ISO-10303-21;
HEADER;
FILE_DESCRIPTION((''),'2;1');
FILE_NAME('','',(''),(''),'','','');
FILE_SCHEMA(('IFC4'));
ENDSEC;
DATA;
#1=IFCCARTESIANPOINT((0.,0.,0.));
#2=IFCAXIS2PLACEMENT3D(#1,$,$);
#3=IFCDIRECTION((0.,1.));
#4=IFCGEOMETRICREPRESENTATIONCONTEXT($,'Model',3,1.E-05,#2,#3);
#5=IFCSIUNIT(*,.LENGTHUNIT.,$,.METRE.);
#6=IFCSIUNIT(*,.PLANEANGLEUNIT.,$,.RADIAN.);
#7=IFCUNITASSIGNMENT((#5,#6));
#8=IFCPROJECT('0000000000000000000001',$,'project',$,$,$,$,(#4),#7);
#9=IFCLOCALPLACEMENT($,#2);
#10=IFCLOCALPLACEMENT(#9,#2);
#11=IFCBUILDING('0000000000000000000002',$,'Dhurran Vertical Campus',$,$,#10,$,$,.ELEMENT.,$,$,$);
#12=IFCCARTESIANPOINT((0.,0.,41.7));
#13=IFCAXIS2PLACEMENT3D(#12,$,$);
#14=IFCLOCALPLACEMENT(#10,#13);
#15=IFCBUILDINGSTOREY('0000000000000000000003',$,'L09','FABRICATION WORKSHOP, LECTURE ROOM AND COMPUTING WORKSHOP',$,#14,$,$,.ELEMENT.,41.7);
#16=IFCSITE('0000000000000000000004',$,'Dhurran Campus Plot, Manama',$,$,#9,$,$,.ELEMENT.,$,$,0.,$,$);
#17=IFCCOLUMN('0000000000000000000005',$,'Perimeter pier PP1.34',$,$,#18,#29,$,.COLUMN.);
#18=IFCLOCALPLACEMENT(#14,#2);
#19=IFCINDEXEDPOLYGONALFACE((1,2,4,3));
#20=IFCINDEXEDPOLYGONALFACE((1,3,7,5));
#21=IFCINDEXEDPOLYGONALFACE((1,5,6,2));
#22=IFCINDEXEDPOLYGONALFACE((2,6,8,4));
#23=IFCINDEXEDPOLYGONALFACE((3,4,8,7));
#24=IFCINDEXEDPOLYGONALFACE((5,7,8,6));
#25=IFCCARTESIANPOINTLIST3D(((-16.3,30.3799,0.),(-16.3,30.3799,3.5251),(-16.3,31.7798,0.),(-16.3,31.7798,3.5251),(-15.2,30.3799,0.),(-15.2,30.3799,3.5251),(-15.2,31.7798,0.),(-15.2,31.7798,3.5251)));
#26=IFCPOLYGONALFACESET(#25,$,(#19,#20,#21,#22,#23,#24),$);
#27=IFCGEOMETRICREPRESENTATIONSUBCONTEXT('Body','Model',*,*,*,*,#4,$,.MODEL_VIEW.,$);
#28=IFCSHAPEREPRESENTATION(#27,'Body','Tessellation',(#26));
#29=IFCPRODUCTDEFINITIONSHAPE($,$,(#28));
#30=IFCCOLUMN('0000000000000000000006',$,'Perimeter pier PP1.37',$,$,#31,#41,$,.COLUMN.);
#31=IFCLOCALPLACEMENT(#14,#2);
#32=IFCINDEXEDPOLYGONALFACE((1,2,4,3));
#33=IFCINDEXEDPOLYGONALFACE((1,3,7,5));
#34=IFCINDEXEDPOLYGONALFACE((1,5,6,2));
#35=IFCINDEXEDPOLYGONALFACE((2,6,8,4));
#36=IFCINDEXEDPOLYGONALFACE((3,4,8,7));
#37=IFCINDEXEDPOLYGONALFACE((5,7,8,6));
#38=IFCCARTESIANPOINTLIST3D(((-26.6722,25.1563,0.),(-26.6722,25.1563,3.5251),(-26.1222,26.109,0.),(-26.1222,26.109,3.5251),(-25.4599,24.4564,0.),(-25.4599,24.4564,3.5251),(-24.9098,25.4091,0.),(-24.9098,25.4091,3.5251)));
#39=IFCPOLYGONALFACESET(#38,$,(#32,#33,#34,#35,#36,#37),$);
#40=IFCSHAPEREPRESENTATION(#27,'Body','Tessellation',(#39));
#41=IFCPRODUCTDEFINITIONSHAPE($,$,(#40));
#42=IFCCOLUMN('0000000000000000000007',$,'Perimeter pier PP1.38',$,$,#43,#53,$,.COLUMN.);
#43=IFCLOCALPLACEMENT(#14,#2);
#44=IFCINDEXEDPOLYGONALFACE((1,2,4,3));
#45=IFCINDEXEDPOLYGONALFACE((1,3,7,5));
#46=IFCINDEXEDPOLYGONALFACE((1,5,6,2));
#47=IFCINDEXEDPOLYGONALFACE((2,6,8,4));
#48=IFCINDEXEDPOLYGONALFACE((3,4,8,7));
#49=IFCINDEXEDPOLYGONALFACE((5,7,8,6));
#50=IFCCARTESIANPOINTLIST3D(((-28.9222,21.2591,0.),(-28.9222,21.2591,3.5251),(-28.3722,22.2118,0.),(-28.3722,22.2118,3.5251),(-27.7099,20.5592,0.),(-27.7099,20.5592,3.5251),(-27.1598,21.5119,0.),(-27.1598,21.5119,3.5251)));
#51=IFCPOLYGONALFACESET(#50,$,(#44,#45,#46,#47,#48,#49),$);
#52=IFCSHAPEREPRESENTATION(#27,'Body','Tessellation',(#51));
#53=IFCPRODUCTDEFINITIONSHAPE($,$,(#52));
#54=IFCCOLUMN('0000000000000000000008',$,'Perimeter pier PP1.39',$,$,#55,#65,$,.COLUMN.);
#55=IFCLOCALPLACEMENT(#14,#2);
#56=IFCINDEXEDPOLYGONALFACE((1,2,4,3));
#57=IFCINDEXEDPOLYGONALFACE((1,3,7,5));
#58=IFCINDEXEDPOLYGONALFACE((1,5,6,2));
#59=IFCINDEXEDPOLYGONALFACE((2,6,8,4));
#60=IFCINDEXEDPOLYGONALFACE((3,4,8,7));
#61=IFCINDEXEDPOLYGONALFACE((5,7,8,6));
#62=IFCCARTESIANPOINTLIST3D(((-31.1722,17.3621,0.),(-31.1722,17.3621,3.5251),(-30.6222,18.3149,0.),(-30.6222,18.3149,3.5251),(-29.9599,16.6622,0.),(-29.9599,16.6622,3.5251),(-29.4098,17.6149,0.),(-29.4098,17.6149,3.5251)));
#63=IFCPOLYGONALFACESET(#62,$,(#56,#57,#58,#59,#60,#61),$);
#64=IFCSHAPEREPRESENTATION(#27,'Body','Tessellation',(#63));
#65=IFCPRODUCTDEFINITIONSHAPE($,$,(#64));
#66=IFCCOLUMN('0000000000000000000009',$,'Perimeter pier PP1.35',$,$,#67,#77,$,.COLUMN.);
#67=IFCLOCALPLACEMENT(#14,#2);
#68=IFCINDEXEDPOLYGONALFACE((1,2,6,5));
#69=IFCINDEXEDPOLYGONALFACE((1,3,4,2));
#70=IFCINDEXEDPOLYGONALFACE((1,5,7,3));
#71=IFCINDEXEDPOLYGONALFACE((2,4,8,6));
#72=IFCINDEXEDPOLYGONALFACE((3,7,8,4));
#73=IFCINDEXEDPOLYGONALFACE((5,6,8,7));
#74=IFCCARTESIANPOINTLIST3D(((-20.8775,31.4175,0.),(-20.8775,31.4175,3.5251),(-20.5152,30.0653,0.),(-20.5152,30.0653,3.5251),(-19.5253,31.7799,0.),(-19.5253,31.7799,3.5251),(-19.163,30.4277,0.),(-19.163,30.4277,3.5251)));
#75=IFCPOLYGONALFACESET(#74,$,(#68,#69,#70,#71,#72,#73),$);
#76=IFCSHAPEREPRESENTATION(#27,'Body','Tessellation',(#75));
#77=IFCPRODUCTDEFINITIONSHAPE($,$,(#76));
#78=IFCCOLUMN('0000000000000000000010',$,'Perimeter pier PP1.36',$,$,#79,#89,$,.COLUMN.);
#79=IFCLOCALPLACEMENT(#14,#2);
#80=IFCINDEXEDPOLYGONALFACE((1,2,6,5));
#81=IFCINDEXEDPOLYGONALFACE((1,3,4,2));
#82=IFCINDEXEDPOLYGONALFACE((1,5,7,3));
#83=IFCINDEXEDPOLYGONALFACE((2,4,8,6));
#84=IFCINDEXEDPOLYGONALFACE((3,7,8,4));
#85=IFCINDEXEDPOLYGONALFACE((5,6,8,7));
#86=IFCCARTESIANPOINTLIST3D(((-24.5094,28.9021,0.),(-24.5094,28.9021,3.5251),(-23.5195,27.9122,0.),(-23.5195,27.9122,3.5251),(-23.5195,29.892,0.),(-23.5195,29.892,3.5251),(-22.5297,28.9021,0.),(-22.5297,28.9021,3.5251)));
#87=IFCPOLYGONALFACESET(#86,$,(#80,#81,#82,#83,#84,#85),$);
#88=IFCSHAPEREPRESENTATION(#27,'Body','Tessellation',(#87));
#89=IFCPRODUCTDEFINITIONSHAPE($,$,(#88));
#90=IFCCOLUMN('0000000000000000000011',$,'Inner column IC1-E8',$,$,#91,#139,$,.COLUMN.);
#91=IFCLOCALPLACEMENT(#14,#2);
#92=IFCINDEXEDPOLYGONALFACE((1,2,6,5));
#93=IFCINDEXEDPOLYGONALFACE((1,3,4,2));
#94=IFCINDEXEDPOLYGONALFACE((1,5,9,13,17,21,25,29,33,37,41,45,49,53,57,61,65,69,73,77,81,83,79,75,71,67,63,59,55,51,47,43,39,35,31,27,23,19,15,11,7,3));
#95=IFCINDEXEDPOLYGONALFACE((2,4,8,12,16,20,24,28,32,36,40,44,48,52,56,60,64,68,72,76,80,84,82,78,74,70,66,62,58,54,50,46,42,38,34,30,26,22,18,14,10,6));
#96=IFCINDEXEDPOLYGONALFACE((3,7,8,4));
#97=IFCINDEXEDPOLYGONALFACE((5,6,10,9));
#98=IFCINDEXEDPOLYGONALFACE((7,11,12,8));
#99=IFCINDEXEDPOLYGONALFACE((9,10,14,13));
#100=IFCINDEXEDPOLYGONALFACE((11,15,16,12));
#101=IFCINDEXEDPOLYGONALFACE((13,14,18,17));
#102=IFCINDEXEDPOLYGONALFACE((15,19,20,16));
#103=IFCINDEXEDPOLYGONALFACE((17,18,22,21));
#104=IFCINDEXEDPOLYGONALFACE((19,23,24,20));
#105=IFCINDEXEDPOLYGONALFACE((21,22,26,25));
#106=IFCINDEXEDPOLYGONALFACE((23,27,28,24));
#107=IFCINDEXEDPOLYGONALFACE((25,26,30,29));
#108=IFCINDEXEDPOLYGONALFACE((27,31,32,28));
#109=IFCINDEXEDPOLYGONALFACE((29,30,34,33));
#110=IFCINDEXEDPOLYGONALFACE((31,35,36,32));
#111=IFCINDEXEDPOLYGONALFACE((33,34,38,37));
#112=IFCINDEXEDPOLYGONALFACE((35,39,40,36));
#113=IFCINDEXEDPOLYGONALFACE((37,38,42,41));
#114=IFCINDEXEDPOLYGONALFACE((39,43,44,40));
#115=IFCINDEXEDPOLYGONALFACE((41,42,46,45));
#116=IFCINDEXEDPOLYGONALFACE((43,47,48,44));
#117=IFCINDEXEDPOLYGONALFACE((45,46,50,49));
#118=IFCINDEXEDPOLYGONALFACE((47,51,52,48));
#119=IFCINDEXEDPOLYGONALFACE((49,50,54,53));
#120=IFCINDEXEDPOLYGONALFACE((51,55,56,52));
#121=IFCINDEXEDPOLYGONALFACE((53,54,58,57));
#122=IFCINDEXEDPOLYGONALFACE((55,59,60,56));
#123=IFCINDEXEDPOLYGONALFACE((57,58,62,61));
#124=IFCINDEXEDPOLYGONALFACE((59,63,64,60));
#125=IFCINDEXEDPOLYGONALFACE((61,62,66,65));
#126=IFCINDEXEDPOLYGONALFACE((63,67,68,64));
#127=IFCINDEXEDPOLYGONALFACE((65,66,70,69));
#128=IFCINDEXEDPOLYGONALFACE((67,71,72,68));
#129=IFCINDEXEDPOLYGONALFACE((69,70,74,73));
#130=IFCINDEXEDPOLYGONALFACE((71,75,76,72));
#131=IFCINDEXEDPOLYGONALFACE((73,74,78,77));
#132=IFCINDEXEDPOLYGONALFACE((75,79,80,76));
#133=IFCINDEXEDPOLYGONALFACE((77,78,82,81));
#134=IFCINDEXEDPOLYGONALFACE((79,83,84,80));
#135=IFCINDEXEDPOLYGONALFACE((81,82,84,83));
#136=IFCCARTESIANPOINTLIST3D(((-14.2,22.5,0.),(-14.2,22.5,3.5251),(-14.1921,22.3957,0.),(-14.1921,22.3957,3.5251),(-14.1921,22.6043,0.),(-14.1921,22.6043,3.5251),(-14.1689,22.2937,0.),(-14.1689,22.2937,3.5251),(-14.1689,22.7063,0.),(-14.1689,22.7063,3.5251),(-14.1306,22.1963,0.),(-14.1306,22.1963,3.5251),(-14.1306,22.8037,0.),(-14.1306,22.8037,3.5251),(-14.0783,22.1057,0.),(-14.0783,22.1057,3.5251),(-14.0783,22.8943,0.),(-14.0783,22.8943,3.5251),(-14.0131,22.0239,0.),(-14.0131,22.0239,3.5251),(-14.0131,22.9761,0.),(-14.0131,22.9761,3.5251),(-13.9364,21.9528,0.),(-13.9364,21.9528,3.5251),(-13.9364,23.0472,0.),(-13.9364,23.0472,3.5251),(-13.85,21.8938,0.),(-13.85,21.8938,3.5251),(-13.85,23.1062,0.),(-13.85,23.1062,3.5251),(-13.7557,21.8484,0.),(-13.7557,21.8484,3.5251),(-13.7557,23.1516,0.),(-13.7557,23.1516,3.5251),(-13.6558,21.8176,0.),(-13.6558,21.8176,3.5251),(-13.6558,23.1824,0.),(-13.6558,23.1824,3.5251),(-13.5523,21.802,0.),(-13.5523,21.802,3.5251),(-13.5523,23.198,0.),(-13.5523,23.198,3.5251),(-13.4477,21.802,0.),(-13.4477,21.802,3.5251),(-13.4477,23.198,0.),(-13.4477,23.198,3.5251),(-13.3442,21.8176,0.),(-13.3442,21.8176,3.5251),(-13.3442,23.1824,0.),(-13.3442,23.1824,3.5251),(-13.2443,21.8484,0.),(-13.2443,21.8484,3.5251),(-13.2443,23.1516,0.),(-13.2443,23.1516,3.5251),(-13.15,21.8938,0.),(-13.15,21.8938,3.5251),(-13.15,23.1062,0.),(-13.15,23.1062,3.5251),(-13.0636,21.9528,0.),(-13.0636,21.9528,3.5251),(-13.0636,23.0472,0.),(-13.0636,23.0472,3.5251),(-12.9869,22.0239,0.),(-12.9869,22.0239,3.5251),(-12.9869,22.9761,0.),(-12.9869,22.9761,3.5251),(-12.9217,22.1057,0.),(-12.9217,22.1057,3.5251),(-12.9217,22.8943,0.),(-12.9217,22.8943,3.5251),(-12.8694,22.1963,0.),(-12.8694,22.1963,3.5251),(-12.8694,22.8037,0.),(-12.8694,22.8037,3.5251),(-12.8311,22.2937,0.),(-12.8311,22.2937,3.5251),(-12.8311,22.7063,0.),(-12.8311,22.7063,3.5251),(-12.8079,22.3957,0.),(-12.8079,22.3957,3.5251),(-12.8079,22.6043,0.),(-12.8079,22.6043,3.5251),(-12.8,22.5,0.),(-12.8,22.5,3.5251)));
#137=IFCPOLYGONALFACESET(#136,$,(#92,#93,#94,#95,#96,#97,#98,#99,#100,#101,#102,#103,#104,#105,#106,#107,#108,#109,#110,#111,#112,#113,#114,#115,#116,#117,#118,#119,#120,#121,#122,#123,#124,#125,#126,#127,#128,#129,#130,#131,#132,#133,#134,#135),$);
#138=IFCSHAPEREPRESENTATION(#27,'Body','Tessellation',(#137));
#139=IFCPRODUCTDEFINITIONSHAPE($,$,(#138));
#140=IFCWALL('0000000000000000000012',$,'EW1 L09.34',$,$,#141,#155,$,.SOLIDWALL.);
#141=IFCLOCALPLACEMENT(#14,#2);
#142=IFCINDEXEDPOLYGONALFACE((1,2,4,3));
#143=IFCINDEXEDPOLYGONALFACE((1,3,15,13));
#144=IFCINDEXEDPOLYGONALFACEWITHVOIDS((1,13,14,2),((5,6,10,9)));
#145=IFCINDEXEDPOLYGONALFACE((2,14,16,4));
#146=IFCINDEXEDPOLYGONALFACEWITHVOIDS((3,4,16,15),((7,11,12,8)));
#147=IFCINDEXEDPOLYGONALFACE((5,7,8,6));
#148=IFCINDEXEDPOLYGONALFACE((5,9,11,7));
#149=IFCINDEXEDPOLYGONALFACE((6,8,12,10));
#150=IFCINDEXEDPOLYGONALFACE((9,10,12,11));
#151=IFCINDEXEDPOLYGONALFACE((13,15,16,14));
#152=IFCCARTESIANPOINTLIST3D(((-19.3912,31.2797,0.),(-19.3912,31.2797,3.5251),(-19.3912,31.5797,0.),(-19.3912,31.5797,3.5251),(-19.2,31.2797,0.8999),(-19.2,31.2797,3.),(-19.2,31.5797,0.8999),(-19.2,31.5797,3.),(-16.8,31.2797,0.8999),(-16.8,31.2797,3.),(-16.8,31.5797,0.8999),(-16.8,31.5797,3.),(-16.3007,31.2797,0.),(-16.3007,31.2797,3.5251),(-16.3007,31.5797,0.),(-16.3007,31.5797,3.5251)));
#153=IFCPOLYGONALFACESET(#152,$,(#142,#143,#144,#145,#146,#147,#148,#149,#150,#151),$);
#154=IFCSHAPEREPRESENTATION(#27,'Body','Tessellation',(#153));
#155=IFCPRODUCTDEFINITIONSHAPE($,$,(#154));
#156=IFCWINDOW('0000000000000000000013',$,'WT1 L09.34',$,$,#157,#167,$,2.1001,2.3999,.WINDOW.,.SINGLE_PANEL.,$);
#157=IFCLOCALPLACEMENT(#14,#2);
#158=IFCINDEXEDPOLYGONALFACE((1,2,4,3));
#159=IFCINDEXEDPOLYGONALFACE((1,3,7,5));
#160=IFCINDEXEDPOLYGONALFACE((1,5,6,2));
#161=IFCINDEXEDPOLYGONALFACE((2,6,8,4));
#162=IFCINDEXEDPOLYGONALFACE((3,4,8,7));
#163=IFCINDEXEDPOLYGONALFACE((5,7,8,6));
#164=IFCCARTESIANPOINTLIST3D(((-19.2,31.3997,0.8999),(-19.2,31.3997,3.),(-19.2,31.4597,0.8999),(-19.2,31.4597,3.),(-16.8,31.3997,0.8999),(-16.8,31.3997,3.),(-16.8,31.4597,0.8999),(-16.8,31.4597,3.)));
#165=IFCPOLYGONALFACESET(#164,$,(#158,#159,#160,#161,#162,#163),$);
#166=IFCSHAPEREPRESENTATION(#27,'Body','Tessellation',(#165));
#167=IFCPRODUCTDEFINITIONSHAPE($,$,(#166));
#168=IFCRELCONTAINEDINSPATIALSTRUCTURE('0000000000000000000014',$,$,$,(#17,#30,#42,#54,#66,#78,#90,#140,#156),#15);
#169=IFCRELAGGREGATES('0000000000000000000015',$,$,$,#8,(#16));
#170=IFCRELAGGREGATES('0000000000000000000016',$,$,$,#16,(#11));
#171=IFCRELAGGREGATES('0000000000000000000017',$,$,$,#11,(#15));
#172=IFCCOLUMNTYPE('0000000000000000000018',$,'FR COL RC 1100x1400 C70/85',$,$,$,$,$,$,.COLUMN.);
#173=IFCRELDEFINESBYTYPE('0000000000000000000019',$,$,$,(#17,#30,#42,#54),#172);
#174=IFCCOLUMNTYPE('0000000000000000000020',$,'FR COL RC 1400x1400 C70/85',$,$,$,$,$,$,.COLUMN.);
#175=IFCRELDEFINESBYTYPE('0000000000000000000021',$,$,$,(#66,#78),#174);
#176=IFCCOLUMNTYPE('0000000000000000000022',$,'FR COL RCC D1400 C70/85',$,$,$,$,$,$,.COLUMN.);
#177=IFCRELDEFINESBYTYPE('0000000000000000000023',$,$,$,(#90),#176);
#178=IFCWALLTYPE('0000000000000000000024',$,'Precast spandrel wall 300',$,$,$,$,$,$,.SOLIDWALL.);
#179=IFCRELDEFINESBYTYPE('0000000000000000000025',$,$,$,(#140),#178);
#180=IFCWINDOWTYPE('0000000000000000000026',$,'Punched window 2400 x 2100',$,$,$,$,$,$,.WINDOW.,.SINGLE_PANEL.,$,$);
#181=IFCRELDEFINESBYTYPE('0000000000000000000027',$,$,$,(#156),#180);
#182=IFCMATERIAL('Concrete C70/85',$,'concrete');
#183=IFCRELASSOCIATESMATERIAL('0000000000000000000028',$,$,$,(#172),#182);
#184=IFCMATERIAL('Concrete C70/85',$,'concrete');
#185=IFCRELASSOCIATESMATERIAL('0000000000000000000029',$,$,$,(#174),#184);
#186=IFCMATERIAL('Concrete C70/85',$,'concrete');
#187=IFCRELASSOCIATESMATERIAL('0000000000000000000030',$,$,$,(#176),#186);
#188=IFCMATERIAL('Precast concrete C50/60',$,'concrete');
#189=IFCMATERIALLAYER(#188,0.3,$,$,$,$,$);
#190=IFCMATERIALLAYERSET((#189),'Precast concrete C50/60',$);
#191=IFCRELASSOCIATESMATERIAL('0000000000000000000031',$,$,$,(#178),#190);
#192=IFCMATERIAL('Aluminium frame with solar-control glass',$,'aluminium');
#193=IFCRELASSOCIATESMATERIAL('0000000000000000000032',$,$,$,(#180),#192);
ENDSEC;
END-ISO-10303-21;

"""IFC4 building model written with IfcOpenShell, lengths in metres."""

from ifc_helpers import new_model, si_unit, direction, frame, frame_2d, origin, origin_2d, place, context, subcontext, project, spatial, rectangle, circle, extrude, material, layer, layer_set, material_profile, profile_set, type_object, element, fill, save


model = new_model("IFC4")

# Units and contexts
model_context = context("Model", 3, precision=1e-05, world=origin(), true_north=direction((0.0, 1.0)))
body_context = subcontext(model_context, "Body", "Model", "MODEL_VIEW")
ifc_project = project(units=[si_unit("LENGTHUNIT", "METRE"), si_unit("PLANEANGLEUNIT", "RADIAN")], contexts=[model_context])

# Site, building, storey
site_placement = place(None, origin())
site = spatial("IfcSite", under=ifc_project, at=site_placement, Name="Dhurran Campus Plot, Manama", CompositionType="ELEMENT", RefElevation=0.0)
building_placement = place(site_placement, origin())
building = spatial("IfcBuilding", under=site, at=building_placement, Name="Dhurran Vertical Campus", CompositionType="ELEMENT")
storey_placement = place(building_placement, frame((0.0, 0.0, 41.7)))
storey = spatial("IfcBuildingStorey", under=building, at=storey_placement, Name="L09", Description="FABRICATION WORKSHOP, LECTURE ROOM AND COMPUTING WORKSHOP", CompositionType="ELEMENT", Elevation=41.7)

# Columns
ifc_material_1 = material(Name="Concrete C70/85", Category="concrete")
ifc_material_profile_1 = material_profile(ifc_material_1, rectangle(XDim=1.1001, YDim=1.3999, at=origin_2d()), Name="RC 1100x1400")
ifc_profile_set_1 = profile_set([ifc_material_profile_1], Name="Concrete C70/85")
column_type_1 = type_object("IfcColumnType", Name="FR COL RC 1100x1400 C70/85", PredefinedType="COLUMN", material=ifc_profile_set_1)
for number, where, z_axis, x_axis, name in (
    (1, (-15.75, 31.0798, 0.0), (0.0, 0.0, 1.0), (-1.0, 0.0, 0.0), "Perimeter pier PP1.34"),
    (2, (-25.791, 25.2827, 0.0), (0.0, 0.0, 1.0), (-0.5, -0.866025, 0.0), "Perimeter pier PP1.37"),
    (3, (-28.041, 21.3855, 0.0), (0.0, 0.0, 1.0), (-0.5, -0.866025, 0.0), "Perimeter pier PP1.38"),
    (4, (-30.291, 17.4885, 0.0), (0.0, 0.0, 1.0), (-0.5, -0.866025, 0.0), "Perimeter pier PP1.39"),
):
    element("IfcColumn", number, at=place(storey_placement, frame(where, z_axis=z_axis, x_axis=x_axis)), inside=storey, type_object=column_type_1, Name=name, PredefinedType="COLUMN", context=body_context, shape_type="SweptSolid", body=[
        extrude(rectangle(XDim=1.1001, YDim=1.3999, at=origin_2d()), origin(), (0.0, 0.0, 1.0), 3.5251),
    ])
ifc_material_2 = material(Name="Concrete C70/85", Category="concrete")
ifc_material_profile_2 = material_profile(ifc_material_2, rectangle(XDim=1.3999, YDim=1.3999, at=origin_2d()), Name="RC 1400x1400")
ifc_profile_set_2 = profile_set([ifc_material_profile_2], Name="Concrete C70/85")
column_type_2 = type_object("IfcColumnType", Name="FR COL RC 1400x1400 C70/85", PredefinedType="COLUMN", material=ifc_profile_set_2)
for number, where, z_axis, x_axis, name in (
    (5, (-20.0203, 30.9226, 0.0), (0.0, 0.0, 1.0), (-0.965926, -0.258819, 0.0), "Perimeter pier PP1.35"),
    (6, (-23.5195, 28.9021, 0.0), (0.0, 0.0, 1.0), (-0.707107, -0.707107, 0.0), "Perimeter pier PP1.36"),
):
    element("IfcColumn", number, at=place(storey_placement, frame(where, z_axis=z_axis, x_axis=x_axis)), inside=storey, type_object=column_type_2, Name=name, PredefinedType="COLUMN", context=body_context, shape_type="SweptSolid", body=[
        extrude(rectangle(XDim=1.3999, YDim=1.3999, at=origin_2d()), origin(), (0.0, 0.0, 1.0), 3.5251),
    ])
ifc_material_3 = material(Name="Concrete C70/85", Category="concrete")
ifc_material_profile_3 = material_profile(ifc_material_3, circle(Radius=0.7, at=origin_2d()), Name="RCC D1400")
ifc_profile_set_3 = profile_set([ifc_material_profile_3], Name="Concrete C70/85")
column_type_3 = type_object("IfcColumnType", Name="FR COL RCC D1400 C70/85", PredefinedType="COLUMN", material=ifc_profile_set_3)
column_placement = place(storey_placement, frame((-13.5, 22.5, 0.0), z_axis=(0.0, 0.0, 1.0), x_axis=(1.0, 0.0, 0.0)))
element("IfcColumn", 7, at=column_placement, inside=storey, type_object=column_type_3, Name="Inner column IC1-E8", PredefinedType="COLUMN", context=body_context, shape_type="SweptSolid", body=[
    extrude(circle(Radius=0.7, at=origin_2d()), origin(), (0.0, 0.0, 1.0), 3.5251),
])

# Wall, opening, window
ifc_material_4 = material(Name="Precast concrete C50/60", Category="concrete")
ifc_layer_1 = layer(ifc_material_4, 0.3)
ifc_layer_set_1 = layer_set([ifc_layer_1], Name="Precast concrete C50/60")
wall_type_1 = type_object("IfcWallType", Name="Precast spandrel wall 300", PredefinedType="SOLIDWALL", material=ifc_layer_set_1)
wall_1_placement = place(storey_placement, frame((-16.3005, 31.4297, 0.0), z_axis=(0.0, 0.0, 1.0), x_axis=(-1.0, 0.0, 0.0)))
wall_1 = element("IfcWall", 8, at=wall_1_placement, inside=storey, type_object=wall_type_1, Name="EW1 L09.34", PredefinedType="SOLIDWALL", context=body_context, shape_type="SweptSolid", body=[
    extrude(rectangle(XDim=3.0906, YDim=0.3, at=frame_2d((1.5454, 0.0))), origin(), (0.0, 0.0, 1.0), 3.5251),
])
opening_1_placement = place(wall_1_placement, frame((0.4995, 0.0, 0.8999)))
opening_1 = element("IfcOpeningElement", 9, at=opening_1_placement, cuts=wall_1, PredefinedType="OPENING", context=body_context, shape_type="SweptSolid", body=[
    extrude(rectangle(XDim=2.3999, YDim=2.1001, at=frame_2d((1.2, 1.05))), frame((0.0, 0.1599, 0.0), z_axis=(0.0, -1.0, 0.0), x_axis=(1.0, 0.0, 0.0)), (0.0, 0.0, 1.0), 0.3201),
])
ifc_material_5 = material(Name="Aluminium frame with solar-control glass", Category="aluminium")
window_type = type_object("IfcWindowType", Name="Punched window 2400 x 2100", PartitioningType="SINGLE_PANEL", PredefinedType="WINDOW", material=ifc_material_5)
window_1_placement = place(opening_1_placement, origin())
window_1 = element("IfcWindow", 10, at=window_1_placement, inside=storey, type_object=window_type, Name="WT1 L09.34", OverallHeight=2.1001, OverallWidth=2.3999, PartitioningType="SINGLE_PANEL", PredefinedType="WINDOW", context=body_context, shape_type="SweptSolid", body=[
    extrude(rectangle(XDim=2.3999, YDim=2.1001, at=frame_2d((1.2, 1.05))), frame((0.0, 0.03, 0.0), z_axis=(0.0, -1.0, 0.0), x_axis=(1.0, 0.0, 0.0)), (0.0, 0.0, 1.0), 0.0601),
])
fill(opening_1, window_1)

save(model, "model.ifc")
